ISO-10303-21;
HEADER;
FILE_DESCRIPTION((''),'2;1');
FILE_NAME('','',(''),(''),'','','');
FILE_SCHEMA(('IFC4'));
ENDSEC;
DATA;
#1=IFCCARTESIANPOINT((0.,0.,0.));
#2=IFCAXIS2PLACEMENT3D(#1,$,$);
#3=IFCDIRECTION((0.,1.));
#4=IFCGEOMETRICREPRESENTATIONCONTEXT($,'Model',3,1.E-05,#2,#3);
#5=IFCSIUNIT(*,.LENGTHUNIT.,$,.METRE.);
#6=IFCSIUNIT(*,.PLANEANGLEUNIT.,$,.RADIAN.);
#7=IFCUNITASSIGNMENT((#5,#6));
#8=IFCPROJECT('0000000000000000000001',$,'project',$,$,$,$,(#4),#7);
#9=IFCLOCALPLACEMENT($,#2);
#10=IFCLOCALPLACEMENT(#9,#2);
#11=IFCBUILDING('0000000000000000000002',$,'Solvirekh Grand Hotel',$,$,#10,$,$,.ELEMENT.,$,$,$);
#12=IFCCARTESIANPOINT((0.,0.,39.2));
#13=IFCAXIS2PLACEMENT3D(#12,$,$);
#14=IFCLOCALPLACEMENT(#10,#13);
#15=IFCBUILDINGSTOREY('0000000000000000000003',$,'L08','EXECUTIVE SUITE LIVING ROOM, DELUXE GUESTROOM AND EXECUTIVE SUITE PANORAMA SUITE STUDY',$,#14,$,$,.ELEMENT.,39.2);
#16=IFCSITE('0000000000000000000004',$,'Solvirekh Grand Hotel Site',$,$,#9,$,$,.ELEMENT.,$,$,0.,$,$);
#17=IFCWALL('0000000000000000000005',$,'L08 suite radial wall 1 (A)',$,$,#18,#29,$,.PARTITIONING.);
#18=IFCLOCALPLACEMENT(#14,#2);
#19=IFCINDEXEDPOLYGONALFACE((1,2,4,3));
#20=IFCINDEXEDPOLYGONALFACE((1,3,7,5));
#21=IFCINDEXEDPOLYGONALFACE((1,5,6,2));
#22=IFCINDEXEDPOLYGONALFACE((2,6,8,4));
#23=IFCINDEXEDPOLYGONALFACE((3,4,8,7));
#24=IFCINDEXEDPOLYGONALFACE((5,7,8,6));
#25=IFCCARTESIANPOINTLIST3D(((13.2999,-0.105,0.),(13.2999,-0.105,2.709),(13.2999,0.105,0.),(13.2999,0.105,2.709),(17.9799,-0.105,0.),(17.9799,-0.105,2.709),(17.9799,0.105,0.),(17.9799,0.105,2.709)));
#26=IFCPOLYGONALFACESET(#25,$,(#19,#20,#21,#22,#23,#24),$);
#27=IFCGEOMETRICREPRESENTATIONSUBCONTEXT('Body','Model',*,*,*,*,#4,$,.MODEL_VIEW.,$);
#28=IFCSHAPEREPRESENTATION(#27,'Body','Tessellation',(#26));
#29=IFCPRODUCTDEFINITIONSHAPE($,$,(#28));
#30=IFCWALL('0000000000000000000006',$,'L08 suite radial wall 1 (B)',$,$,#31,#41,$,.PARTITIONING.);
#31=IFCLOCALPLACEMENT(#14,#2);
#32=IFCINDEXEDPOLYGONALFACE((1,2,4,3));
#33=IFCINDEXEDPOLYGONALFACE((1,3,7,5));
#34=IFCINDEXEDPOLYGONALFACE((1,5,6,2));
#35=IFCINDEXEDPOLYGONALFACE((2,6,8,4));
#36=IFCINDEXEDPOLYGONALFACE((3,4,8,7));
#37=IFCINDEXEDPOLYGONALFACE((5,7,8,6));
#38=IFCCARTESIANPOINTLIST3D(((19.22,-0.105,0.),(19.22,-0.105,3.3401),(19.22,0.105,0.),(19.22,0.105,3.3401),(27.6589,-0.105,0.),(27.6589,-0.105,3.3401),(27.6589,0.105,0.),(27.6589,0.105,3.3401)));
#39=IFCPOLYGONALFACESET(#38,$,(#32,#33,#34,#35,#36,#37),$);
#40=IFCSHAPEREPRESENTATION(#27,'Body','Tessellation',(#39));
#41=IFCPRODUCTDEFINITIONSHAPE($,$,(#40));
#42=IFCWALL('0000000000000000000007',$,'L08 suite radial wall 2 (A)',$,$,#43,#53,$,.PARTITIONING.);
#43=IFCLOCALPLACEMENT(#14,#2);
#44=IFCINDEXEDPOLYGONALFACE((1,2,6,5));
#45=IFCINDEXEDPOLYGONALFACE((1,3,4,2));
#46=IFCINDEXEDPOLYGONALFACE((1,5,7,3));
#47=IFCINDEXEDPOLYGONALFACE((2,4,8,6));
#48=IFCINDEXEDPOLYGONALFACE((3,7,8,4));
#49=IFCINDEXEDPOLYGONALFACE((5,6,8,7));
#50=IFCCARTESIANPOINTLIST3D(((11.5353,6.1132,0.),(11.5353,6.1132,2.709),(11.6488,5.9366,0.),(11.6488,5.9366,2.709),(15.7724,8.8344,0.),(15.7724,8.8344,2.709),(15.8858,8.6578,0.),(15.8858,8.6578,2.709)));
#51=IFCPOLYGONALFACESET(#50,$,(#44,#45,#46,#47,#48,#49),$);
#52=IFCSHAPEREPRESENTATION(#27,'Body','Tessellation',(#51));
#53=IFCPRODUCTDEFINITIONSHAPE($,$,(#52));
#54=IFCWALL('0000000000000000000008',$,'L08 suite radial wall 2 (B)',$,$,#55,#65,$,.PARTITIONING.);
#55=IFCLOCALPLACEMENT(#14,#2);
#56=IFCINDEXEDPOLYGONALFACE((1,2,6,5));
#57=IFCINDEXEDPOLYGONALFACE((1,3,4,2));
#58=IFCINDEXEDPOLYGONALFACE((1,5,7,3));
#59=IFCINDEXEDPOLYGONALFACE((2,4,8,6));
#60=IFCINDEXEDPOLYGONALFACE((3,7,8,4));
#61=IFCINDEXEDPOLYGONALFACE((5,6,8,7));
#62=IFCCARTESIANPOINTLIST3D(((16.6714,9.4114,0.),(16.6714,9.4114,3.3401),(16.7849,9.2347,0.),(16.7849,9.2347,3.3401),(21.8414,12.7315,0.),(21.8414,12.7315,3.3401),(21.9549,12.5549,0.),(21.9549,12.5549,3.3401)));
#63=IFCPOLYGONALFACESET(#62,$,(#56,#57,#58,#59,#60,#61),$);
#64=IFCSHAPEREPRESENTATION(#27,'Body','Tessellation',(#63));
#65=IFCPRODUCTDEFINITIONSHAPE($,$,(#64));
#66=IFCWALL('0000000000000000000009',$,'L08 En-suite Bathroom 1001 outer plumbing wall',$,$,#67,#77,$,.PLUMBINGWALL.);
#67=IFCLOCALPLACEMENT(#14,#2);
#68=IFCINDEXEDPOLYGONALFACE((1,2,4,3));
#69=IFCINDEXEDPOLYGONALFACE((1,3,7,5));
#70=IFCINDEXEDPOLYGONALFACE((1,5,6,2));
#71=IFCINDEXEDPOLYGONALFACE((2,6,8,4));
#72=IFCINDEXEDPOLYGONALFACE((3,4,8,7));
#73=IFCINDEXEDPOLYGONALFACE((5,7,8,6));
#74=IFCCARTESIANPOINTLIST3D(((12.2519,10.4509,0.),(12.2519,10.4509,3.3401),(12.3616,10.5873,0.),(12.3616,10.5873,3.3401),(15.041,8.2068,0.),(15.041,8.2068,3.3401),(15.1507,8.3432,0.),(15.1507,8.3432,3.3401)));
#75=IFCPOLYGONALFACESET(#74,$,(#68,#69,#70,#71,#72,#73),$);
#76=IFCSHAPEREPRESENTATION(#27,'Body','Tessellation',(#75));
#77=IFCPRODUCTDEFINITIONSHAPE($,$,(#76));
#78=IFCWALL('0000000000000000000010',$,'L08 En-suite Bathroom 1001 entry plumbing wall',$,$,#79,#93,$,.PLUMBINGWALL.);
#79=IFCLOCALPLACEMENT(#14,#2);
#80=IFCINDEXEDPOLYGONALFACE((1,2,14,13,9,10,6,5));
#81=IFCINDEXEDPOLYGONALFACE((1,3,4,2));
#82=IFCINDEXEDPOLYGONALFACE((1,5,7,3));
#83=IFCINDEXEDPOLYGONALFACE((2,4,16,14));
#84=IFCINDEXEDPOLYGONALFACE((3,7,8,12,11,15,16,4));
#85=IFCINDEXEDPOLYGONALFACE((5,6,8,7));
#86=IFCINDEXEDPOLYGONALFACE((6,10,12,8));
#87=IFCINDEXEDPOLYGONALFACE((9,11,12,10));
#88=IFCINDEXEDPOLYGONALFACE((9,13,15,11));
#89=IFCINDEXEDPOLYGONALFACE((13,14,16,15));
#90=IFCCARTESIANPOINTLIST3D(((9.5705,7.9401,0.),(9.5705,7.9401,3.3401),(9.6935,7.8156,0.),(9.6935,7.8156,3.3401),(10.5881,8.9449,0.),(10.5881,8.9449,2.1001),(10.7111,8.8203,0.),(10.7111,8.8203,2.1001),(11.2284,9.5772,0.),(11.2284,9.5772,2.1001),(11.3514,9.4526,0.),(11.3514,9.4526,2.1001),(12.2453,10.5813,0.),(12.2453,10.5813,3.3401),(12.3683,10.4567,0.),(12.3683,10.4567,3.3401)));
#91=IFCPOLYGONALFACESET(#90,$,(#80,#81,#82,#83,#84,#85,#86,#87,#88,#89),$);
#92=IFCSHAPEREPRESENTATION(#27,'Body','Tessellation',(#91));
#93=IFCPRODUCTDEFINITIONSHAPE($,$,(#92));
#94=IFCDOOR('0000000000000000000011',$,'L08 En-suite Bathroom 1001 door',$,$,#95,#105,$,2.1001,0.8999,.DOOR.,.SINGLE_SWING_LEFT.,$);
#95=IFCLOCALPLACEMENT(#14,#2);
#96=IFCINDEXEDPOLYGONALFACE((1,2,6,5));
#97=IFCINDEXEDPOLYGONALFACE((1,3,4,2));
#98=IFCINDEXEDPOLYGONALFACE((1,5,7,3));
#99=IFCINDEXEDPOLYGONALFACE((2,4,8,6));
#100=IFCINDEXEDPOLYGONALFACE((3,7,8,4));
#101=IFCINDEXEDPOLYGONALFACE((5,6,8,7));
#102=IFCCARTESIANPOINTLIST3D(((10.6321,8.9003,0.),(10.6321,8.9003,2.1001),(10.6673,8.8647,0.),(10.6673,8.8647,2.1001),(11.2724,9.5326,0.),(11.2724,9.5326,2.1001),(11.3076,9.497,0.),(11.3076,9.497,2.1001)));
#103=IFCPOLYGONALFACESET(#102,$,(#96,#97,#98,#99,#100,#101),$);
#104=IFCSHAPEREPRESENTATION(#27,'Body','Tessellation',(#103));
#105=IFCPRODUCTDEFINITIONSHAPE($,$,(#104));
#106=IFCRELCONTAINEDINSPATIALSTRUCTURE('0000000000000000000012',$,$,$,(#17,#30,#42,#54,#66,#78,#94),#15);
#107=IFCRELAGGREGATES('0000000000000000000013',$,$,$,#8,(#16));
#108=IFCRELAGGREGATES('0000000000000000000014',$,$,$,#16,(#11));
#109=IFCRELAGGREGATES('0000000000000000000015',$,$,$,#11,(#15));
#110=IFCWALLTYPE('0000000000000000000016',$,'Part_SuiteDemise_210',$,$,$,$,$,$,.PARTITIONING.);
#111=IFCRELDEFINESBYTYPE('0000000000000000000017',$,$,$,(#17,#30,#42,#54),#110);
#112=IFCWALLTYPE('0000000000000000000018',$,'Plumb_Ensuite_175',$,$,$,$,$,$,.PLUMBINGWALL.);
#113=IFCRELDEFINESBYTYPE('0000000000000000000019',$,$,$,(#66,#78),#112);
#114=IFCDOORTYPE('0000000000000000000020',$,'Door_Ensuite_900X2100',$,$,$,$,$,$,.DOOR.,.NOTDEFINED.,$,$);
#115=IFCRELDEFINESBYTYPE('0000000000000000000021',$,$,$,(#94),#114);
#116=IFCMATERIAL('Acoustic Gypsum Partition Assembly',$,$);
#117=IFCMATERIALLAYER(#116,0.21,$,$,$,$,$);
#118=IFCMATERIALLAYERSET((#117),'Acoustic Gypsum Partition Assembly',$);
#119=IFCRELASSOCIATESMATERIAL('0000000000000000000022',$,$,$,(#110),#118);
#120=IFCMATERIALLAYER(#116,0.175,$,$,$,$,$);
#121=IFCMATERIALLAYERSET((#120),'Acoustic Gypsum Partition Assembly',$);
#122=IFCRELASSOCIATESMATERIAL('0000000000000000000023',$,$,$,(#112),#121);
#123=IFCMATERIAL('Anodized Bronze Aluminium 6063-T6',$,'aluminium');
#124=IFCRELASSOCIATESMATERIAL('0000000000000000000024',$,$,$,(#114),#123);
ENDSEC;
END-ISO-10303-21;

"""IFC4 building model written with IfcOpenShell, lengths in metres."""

from ifc_helpers import new_model, si_unit, direction, frame, frame_2d, origin, place, context, subcontext, project, spatial, rectangle, extrude, material, layer, layer_set, type_object, element, fill, save


model = new_model("IFC4")

# Units and contexts
model_context = context("Model", 3, precision=1e-05, world=origin(), true_north=direction((0.0, 1.0)))
body_context = subcontext(model_context, "Body", "Model", "MODEL_VIEW")
ifc_project = project(units=[si_unit("LENGTHUNIT", "METRE"), si_unit("PLANEANGLEUNIT", "RADIAN")], contexts=[model_context])

# Site, building, storey
site_placement = place(None, origin())
site = spatial("IfcSite", under=ifc_project, at=site_placement, Name="Solvirekh Grand Hotel Site", CompositionType="ELEMENT", RefElevation=0.0)
building_placement = place(site_placement, origin())
building = spatial("IfcBuilding", under=site, at=building_placement, Name="Solvirekh Grand Hotel", CompositionType="ELEMENT")
storey_placement = place(building_placement, frame((0.0, 0.0, 39.2)))
storey = spatial("IfcBuildingStorey", under=building, at=storey_placement, Name="L08", Description="EXECUTIVE SUITE LIVING ROOM, DELUXE GUESTROOM AND EXECUTIVE SUITE PANORAMA SUITE STUDY", CompositionType="ELEMENT", Elevation=39.2)

# Shared definitions
ifc_material_1 = material(Name="Anodized Bronze Aluminium 6063-T6", Category="aluminium")

# Shared definitions
ifc_material_2 = material(Name="Acoustic Gypsum Partition Assembly")

# Walls
ifc_layer_1 = layer(ifc_material_2, 0.21)
ifc_layer_set_1 = layer_set([ifc_layer_1], Name="Acoustic Gypsum Partition Assembly")
wall_type_1 = type_object("IfcWallType", Name="Part_SuiteDemise_210", PredefinedType="PARTITIONING", material=ifc_layer_set_1)
wall_1_placement = place(storey_placement, frame((13.3, 0.0, 0.0), z_axis=(0.0, 0.0, 1.0), x_axis=(1.0, 0.0, 0.0)))
element("IfcWall", 1, at=wall_1_placement, inside=storey, type_object=wall_type_1, Name="L08 suite radial wall 1 (A)", PredefinedType="PARTITIONING", context=body_context, shape_type="SweptSolid", body=[
    extrude(rectangle(XDim=4.6799, YDim=0.21, at=frame_2d((2.3398, 0.0))), origin(), (0.0, 0.0, 1.0), 2.709),
])
wall_2_placement = place(storey_placement, frame((19.22, 0.0, 0.0), z_axis=(0.0, 0.0, 1.0), x_axis=(1.0, 0.0, 0.0)))
element("IfcWall", 2, at=wall_2_placement, inside=storey, type_object=wall_type_1, Name="L08 suite radial wall 1 (B)", PredefinedType="PARTITIONING", context=body_context, shape_type="SweptSolid", body=[
    extrude(rectangle(XDim=8.439, YDim=0.21, at=frame_2d((4.2195, 0.0))), origin(), (0.0, 0.0, 1.0), 3.3401),
])
wall_3_placement = place(storey_placement, frame((11.592, 6.0249, 0.0), z_axis=(0.0, 0.0, 1.0), x_axis=(0.841416, 0.540388, 0.0)))
element("IfcWall", 3, at=wall_3_placement, inside=storey, type_object=wall_type_1, Name="L08 suite radial wall 2 (A)", PredefinedType="PARTITIONING", context=body_context, shape_type="SweptSolid", body=[
    extrude(rectangle(XDim=5.0356, YDim=0.21, at=frame_2d((2.5178, 0.0))), origin(), (0.0, 0.0, 1.0), 2.709),
])
wall_4_placement = place(storey_placement, frame((16.728, 9.323, 0.0), z_axis=(0.0, 0.0, 1.0), x_axis=(0.841434, 0.54036, 0.0)))
element("IfcWall", 4, at=wall_4_placement, inside=storey, type_object=wall_type_1, Name="L08 suite radial wall 2 (B)", PredefinedType="PARTITIONING", context=body_context, shape_type="SweptSolid", body=[
    extrude(rectangle(XDim=6.1443, YDim=0.21, at=frame_2d((3.0723, 0.0))), origin(), (0.0, 0.0, 1.0), 3.3401),
])
ifc_layer_2 = layer(ifc_material_2, 0.175)
ifc_layer_set_2 = layer_set([ifc_layer_2], Name="Acoustic Gypsum Partition Assembly")
wall_type_2 = type_object("IfcWallType", Name="Plumb_Ensuite_175", PredefinedType="PLUMBINGWALL", material=ifc_layer_set_2)
wall_5_placement = place(storey_placement, frame((15.0959, 8.2749, 0.0), z_axis=(0.0, 0.0, 1.0), x_axis=(-0.779109, 0.626888, 0.0)))
element("IfcWall", 5, at=wall_5_placement, inside=storey, type_object=wall_type_2, Name="L08 En-suite Bathroom 1001 outer plumbing wall", PredefinedType="PLUMBINGWALL", context=body_context, shape_type="SweptSolid", body=[
    extrude(rectangle(XDim=3.5798, YDim=0.175, at=frame_2d((1.79, 0.0))), origin(), (0.0, 0.0, 1.0), 3.3401),
])

# Wall, opening, door
wall_6_placement = place(storey_placement, frame((9.6321, 7.8779, 0.0), z_axis=(0.0, 0.0, 1.0), x_axis=(0.711574, 0.702611, 0.0)))
wall_6 = element("IfcWall", 6, at=wall_6_placement, inside=storey, type_object=wall_type_2, Name="L08 En-suite Bathroom 1001 entry plumbing wall", PredefinedType="PLUMBINGWALL", context=body_context, shape_type="SweptSolid", body=[
    extrude(rectangle(XDim=3.759, YDim=0.175, at=frame_2d((1.8794, 0.0))), origin(), (0.0, 0.0, 1.0), 3.3401),
])
opening_1_placement = place(wall_6_placement, frame((1.4299, 0.0, 0.0)))
opening_1 = element("IfcOpeningElement", 7, at=opening_1_placement, cuts=wall_6, PredefinedType="OPENING", context=body_context, shape_type="SweptSolid", body=[
    extrude(rectangle(XDim=0.8999, YDim=2.1001, at=frame_2d((0.45, 1.05))), frame((0.0, 0.0977, 0.0), z_axis=(0.0, -1.0, 0.0), x_axis=(1.0, 0.0, 0.0)), (0.0, 0.0, 1.0), 0.1951),
])
door_type_1 = type_object("IfcDoorType", Name="Door_Ensuite_900X2100", OperationType="NOTDEFINED", PredefinedType="DOOR", material=ifc_material_1)
door_1_placement = place(opening_1_placement, origin())
door_1 = element("IfcDoor", 8, at=door_1_placement, inside=storey, type_object=door_type_1, Name="L08 En-suite Bathroom 1001 door", OperationType="SINGLE_SWING_LEFT", OverallHeight=2.1001, OverallWidth=0.8999, PredefinedType="DOOR", context=body_context, shape_type="SweptSolid", body=[
    extrude(rectangle(XDim=0.8999, YDim=2.1001, at=frame_2d((0.45, 1.05))), frame((0.0, 0.0249, 0.0), z_axis=(0.0, -1.0, 0.0), x_axis=(1.0, 0.0, 0.0)), (0.0, 0.0, 1.0), 0.05),
])
fill(opening_1, door_1)

save(model, "model.ifc")
